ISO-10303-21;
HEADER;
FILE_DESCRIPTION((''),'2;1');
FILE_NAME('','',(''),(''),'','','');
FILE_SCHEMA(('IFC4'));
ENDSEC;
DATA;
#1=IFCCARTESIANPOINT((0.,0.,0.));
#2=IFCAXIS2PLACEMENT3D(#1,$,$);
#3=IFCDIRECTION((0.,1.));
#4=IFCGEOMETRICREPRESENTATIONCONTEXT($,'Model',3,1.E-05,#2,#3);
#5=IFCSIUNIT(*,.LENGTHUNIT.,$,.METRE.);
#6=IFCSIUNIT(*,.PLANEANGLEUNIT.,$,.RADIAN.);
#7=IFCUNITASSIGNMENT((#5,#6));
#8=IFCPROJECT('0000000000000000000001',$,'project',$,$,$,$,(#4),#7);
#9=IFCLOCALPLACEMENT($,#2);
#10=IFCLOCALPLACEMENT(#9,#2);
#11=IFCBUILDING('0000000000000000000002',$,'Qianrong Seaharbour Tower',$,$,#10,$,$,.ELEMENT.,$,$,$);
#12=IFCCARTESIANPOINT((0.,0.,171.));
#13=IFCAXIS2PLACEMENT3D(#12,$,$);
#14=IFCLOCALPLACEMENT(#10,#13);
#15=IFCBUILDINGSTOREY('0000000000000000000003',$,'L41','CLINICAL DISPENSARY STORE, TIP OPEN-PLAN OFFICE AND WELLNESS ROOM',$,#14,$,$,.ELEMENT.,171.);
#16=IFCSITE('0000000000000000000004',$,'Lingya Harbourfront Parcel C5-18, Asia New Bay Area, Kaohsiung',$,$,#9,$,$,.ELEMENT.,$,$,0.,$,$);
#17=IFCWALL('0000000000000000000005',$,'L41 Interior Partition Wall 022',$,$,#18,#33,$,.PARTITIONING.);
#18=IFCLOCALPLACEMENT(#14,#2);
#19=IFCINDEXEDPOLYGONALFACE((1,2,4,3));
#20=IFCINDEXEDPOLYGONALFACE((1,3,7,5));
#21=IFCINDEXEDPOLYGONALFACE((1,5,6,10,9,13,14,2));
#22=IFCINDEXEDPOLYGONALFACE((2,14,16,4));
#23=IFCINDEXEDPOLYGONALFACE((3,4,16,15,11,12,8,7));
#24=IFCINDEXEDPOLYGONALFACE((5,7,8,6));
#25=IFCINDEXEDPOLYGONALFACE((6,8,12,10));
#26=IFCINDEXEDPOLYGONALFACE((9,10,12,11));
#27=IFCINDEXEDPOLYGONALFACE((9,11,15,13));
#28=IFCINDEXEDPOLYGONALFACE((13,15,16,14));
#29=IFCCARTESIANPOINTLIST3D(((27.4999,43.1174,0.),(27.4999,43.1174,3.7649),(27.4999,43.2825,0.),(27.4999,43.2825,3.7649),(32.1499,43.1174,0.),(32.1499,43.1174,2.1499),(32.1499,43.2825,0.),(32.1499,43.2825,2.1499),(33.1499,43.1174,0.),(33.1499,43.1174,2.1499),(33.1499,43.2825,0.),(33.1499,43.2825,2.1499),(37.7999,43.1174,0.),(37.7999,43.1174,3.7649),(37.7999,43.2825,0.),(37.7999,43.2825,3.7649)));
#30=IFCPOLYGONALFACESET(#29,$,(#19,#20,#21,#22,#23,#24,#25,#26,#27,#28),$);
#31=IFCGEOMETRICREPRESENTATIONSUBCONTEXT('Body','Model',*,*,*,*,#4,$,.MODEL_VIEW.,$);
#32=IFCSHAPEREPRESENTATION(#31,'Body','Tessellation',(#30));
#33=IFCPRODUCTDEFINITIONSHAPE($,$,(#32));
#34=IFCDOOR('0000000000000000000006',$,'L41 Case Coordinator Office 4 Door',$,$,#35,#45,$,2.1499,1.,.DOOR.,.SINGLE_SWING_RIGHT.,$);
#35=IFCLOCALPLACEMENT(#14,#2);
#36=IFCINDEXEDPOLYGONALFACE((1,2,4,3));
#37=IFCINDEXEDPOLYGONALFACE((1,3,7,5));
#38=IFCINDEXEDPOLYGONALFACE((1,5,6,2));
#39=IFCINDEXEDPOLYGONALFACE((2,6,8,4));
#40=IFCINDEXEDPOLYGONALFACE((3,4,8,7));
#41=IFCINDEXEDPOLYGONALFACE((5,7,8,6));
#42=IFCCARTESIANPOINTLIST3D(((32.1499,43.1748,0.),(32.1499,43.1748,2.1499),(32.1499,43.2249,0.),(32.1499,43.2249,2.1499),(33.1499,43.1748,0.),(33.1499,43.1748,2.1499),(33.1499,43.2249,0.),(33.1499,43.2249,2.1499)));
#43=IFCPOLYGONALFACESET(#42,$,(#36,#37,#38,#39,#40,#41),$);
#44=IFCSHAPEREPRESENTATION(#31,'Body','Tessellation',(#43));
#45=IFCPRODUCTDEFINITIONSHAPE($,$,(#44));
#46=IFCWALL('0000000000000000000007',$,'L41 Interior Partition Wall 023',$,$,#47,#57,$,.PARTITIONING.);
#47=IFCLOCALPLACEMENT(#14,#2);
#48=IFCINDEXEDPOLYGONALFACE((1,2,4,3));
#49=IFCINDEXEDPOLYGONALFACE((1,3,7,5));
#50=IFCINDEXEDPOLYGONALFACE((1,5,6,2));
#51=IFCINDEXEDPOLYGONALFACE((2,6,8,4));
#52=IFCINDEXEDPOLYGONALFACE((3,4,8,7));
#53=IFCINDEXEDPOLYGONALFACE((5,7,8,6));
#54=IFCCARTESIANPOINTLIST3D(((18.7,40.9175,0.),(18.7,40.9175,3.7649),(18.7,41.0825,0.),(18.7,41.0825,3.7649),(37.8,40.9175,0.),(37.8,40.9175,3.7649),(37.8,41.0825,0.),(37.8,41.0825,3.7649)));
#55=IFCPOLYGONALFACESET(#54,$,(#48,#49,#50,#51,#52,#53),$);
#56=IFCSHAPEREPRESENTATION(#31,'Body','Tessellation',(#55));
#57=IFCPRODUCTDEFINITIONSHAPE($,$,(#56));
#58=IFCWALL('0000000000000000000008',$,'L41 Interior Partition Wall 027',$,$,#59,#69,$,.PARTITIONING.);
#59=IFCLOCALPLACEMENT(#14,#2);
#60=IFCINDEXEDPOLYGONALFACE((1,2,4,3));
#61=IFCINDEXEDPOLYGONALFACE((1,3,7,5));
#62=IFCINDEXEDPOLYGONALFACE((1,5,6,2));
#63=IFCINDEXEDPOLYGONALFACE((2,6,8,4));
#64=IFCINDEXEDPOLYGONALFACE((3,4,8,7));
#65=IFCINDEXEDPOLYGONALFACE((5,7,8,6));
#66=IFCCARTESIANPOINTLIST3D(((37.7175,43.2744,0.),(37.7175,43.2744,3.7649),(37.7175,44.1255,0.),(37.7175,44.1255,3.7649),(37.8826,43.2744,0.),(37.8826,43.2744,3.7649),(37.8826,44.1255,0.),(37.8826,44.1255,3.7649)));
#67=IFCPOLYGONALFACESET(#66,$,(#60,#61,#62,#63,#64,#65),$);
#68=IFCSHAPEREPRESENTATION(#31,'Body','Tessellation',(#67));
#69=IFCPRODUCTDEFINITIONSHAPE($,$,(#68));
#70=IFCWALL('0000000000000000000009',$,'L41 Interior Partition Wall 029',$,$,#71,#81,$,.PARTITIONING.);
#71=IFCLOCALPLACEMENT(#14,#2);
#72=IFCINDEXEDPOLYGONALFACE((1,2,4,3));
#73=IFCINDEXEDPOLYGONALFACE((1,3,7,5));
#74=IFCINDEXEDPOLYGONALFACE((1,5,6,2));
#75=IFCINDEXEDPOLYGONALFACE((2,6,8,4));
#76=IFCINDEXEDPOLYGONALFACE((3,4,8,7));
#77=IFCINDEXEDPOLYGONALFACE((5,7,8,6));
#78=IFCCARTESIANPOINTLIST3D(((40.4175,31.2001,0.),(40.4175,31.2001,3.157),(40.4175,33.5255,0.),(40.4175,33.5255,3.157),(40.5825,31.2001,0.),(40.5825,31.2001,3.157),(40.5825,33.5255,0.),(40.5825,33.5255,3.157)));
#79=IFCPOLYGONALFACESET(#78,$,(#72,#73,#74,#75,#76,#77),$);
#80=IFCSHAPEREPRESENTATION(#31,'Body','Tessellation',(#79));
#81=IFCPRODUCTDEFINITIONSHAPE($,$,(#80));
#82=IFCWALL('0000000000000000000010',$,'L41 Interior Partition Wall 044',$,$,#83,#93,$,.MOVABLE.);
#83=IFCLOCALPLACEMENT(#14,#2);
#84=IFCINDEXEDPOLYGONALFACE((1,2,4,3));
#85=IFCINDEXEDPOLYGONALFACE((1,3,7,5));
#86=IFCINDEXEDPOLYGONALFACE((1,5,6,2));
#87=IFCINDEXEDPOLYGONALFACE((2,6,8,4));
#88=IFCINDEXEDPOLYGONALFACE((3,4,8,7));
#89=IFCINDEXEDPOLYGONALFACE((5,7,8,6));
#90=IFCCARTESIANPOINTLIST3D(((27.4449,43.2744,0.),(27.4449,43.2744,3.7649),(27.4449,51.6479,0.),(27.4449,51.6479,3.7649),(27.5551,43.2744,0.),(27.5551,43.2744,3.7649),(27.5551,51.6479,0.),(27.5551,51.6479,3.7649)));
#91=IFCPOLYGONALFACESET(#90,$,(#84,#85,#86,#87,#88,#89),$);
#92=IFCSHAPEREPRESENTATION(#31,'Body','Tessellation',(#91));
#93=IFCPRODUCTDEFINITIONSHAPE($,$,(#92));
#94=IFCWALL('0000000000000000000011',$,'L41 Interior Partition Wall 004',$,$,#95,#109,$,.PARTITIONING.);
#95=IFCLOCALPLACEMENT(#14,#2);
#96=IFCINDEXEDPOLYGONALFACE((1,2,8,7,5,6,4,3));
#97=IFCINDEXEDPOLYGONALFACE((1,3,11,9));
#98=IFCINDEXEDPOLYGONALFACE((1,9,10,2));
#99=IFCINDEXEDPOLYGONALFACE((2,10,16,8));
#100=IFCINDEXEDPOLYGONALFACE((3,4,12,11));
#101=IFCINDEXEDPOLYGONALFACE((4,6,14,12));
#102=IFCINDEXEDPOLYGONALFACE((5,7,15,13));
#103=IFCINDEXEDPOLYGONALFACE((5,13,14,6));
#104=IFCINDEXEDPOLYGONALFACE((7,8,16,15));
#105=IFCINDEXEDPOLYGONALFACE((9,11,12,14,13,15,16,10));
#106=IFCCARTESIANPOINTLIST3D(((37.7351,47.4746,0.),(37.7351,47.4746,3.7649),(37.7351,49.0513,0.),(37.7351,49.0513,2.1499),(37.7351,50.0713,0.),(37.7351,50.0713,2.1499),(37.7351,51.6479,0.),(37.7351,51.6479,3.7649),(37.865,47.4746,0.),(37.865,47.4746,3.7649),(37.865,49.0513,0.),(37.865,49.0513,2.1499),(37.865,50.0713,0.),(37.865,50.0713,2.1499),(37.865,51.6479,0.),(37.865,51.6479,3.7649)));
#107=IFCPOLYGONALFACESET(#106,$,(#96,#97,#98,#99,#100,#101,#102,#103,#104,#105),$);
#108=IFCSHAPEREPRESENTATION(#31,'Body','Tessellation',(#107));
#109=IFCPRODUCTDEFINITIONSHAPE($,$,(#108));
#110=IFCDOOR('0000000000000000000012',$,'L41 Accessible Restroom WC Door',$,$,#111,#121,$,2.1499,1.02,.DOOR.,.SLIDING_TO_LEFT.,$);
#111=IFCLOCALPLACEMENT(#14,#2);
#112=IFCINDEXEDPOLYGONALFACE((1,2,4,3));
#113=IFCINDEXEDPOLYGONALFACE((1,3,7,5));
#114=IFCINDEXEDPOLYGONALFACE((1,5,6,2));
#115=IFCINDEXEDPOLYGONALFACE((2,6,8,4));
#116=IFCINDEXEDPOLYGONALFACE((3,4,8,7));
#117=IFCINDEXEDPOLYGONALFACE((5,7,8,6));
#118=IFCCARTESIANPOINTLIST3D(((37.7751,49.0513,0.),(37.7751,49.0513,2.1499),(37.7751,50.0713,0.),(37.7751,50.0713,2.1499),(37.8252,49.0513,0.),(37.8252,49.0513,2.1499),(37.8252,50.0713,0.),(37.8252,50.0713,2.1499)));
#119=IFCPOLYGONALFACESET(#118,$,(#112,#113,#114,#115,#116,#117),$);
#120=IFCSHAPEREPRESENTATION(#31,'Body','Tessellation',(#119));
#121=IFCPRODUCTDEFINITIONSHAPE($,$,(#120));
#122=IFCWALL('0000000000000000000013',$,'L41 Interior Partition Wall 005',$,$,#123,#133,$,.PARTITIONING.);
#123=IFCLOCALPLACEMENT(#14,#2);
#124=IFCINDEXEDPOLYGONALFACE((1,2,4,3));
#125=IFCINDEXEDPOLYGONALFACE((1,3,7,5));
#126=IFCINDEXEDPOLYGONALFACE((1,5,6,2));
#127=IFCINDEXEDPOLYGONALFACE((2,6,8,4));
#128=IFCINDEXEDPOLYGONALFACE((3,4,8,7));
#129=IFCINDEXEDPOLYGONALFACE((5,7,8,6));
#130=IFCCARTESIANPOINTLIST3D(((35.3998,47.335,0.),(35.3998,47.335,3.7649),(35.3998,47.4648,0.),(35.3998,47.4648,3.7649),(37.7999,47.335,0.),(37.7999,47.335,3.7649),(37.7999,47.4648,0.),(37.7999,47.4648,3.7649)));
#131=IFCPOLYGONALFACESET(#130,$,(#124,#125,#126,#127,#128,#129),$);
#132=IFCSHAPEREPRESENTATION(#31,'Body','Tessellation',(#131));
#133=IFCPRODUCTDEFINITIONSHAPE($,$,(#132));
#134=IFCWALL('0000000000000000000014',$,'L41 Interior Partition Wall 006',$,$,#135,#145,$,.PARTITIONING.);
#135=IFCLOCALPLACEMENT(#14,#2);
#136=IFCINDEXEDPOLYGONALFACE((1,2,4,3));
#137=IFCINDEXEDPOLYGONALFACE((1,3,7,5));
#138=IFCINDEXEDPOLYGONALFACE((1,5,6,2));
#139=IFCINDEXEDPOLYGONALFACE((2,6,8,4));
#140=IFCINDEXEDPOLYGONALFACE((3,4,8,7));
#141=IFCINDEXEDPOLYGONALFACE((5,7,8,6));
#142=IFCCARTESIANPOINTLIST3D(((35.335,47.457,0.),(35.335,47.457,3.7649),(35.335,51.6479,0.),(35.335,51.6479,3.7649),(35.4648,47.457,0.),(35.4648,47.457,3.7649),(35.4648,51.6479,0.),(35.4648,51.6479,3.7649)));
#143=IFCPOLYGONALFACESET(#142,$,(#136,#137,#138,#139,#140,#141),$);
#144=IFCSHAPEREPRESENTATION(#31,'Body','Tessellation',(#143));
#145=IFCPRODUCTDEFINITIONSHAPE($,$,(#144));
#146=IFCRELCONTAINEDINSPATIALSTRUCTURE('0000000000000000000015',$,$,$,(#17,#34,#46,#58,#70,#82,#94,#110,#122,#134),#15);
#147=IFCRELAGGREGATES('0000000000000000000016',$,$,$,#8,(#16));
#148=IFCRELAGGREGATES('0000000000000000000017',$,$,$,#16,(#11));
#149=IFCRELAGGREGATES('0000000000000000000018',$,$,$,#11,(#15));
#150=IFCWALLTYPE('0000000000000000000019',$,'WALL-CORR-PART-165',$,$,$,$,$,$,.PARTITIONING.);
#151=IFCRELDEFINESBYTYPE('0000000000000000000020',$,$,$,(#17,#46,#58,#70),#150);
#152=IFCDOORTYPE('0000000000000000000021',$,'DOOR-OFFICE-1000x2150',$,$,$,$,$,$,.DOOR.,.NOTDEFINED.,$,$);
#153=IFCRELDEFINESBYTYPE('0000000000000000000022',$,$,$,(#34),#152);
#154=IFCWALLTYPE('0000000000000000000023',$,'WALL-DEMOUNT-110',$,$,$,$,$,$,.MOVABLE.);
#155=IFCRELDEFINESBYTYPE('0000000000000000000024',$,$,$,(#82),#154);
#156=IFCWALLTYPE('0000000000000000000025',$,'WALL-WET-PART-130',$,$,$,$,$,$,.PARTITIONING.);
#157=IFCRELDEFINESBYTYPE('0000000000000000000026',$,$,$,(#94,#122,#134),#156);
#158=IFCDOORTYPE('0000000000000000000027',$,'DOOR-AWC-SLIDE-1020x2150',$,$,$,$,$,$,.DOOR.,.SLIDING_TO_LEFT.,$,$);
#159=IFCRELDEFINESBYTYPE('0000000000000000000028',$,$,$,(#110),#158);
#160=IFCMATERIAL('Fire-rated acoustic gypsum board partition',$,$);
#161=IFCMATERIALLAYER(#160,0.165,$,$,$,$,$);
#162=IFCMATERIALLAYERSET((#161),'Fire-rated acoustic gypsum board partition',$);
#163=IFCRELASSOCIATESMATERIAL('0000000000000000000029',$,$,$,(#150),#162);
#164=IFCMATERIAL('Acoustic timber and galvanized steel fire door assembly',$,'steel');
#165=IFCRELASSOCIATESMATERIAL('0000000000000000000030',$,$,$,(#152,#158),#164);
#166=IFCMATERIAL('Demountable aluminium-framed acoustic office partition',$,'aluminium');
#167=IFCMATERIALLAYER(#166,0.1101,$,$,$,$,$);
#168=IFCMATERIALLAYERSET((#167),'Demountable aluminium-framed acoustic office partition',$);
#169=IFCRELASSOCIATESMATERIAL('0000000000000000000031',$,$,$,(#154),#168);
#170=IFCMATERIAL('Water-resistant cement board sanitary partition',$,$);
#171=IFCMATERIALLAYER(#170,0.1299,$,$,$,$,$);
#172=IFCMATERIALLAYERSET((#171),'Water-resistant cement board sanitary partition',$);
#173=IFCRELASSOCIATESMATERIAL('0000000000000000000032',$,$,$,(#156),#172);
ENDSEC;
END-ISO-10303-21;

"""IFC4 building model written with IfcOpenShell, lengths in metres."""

from ifc_helpers import new_model, si_unit, direction, frame, frame_2d, origin, place, context, subcontext, project, spatial, rectangle, extrude, material, layer, layer_set, type_object, element, fill, save


model = new_model("IFC4")

# Units and contexts
model_context = context("Model", 3, precision=1e-05, world=origin(), true_north=direction((0.0, 1.0)))
body_context = subcontext(model_context, "Body", "Model", "MODEL_VIEW")
ifc_project = project(units=[si_unit("LENGTHUNIT", "METRE"), si_unit("PLANEANGLEUNIT", "RADIAN")], contexts=[model_context])

# Site, building, storey
site_placement = place(None, origin())
site = spatial("IfcSite", under=ifc_project, at=site_placement, Name="Lingya Harbourfront Parcel C5-18, Asia New Bay Area, Kaohsiung", CompositionType="ELEMENT", RefElevation=0.0)
building_placement = place(site_placement, origin())
building = spatial("IfcBuilding", under=site, at=building_placement, Name="Qianrong Seaharbour Tower", CompositionType="ELEMENT")
storey_placement = place(building_placement, frame((0.0, 0.0, 171.0)))
storey = spatial("IfcBuildingStorey", under=building, at=storey_placement, Name="L41", Description="CLINICAL DISPENSARY STORE, TIP OPEN-PLAN OFFICE AND WELLNESS ROOM", CompositionType="ELEMENT", Elevation=171.0)

# Shared definitions
ifc_material_1 = material(Name="Fire-rated acoustic gypsum board partition")
ifc_layer_1 = layer(ifc_material_1, 0.165)
ifc_layer_set_1 = layer_set([ifc_layer_1], Name="Fire-rated acoustic gypsum board partition")
wall_type_1 = type_object("IfcWallType", Name="WALL-CORR-PART-165", PredefinedType="PARTITIONING", material=ifc_layer_set_1)
ifc_material_2 = material(Name="Acoustic timber and galvanized steel fire door assembly", Category="steel")

# Wall, opening, door
wall_1_placement = place(storey_placement, frame((27.5, 43.2, 0.0), z_axis=(0.0, 0.0, 1.0), x_axis=(1.0, 0.0, 0.0)))
wall_1 = element("IfcWall", 1, at=wall_1_placement, inside=storey, type_object=wall_type_1, Name="L41 Interior Partition Wall 022", PredefinedType="PARTITIONING", context=body_context, shape_type="SweptSolid", body=[
    extrude(rectangle(XDim=10.3, YDim=0.165, at=frame_2d((5.1499, 0.0))), origin(), (0.0, 0.0, 1.0), 3.7649),
])
opening_1_placement = place(wall_1_placement, frame((4.6499, 0.0, 0.0)))
opening_1 = element("IfcOpeningElement", 2, at=opening_1_placement, cuts=wall_1, PredefinedType="OPENING", context=body_context, shape_type="SweptSolid", body=[
    extrude(rectangle(XDim=1.0, YDim=2.1499, at=frame_2d((0.5, 1.075))), frame((0.0, 0.0925, 0.0), z_axis=(0.0, -1.0, 0.0), x_axis=(1.0, 0.0, 0.0)), (0.0, 0.0, 1.0), 0.1851),
])
door_type_1 = type_object("IfcDoorType", Name="DOOR-OFFICE-1000x2150", OperationType="NOTDEFINED", PredefinedType="DOOR", material=ifc_material_2)
door_1_placement = place(opening_1_placement, origin())
door_1 = element("IfcDoor", 3, at=door_1_placement, inside=storey, type_object=door_type_1, Name="L41 Case Coordinator Office 4 Door", OperationType="SINGLE_SWING_RIGHT", OverallHeight=2.1499, OverallWidth=1.0, PredefinedType="DOOR", context=body_context, shape_type="SweptSolid", body=[
    extrude(rectangle(XDim=1.0, YDim=2.1499, at=frame_2d((0.5, 1.075))), frame((0.0, 0.0249, 0.0), z_axis=(0.0, -1.0, 0.0), x_axis=(1.0, 0.0, 0.0)), (0.0, 0.0, 1.0), 0.05),
])
fill(opening_1, door_1)

# Walls
wall_2_placement = place(storey_placement, frame((37.8, 41.0, 0.0), z_axis=(0.0, 0.0, 1.0), x_axis=(-1.0, 0.0, 0.0)))
element("IfcWall", 4, at=wall_2_placement, inside=storey, type_object=wall_type_1, Name="L41 Interior Partition Wall 023", PredefinedType="PARTITIONING", context=body_context, shape_type="SweptSolid", body=[
    extrude(rectangle(XDim=19.1001, YDim=0.165, at=frame_2d((9.55, 0.0))), origin(), (0.0, 0.0, 1.0), 3.7649),
])
wall_3_placement = place(storey_placement, frame((37.8, 43.2744, 0.0), z_axis=(0.0, 0.0, 1.0), x_axis=(0.0, 1.0, 0.0)))
element("IfcWall", 5, at=wall_3_placement, inside=storey, type_object=wall_type_1, Name="L41 Interior Partition Wall 027", PredefinedType="PARTITIONING", context=body_context, shape_type="SweptSolid", body=[
    extrude(rectangle(XDim=0.8511, YDim=0.165, at=frame_2d((0.4255, 0.0))), origin(), (0.0, 0.0, 1.0), 3.7649),
])
wall_4_placement = place(storey_placement, frame((40.5, 33.5254, 0.0), z_axis=(0.0, 0.0, 1.0), x_axis=(0.0, -1.0, 0.0)))
element("IfcWall", 6, at=wall_4_placement, inside=storey, type_object=wall_type_1, Name="L41 Interior Partition Wall 029", PredefinedType="PARTITIONING", context=body_context, shape_type="SweptSolid", body=[
    extrude(rectangle(XDim=2.3254, YDim=0.165, at=frame_2d((1.1626, 0.0))), origin(), (0.0, 0.0, 1.0), 3.157),
])
ifc_material_3 = material(Name="Demountable aluminium-framed acoustic office partition", Category="aluminium")
ifc_layer_2 = layer(ifc_material_3, 0.1101)
ifc_layer_set_2 = layer_set([ifc_layer_2], Name="Demountable aluminium-framed acoustic office partition")
wall_type_2 = type_object("IfcWallType", Name="WALL-DEMOUNT-110", PredefinedType="MOVABLE", material=ifc_layer_set_2)
wall_5_placement = place(storey_placement, frame((27.5, 51.6479, 0.0), z_axis=(0.0, 0.0, 1.0), x_axis=(0.0, -1.0, 0.0)))
element("IfcWall", 7, at=wall_5_placement, inside=storey, type_object=wall_type_2, Name="L41 Interior Partition Wall 044", PredefinedType="MOVABLE", context=body_context, shape_type="SweptSolid", body=[
    extrude(rectangle(XDim=8.3735, YDim=0.1101, at=frame_2d((4.1868, 0.0))), origin(), (0.0, 0.0, 1.0), 3.7649),
])

# Wall, opening, door
ifc_material_4 = material(Name="Water-resistant cement board sanitary partition")
ifc_layer_3 = layer(ifc_material_4, 0.1299)
ifc_layer_set_3 = layer_set([ifc_layer_3], Name="Water-resistant cement board sanitary partition")
wall_type_3 = type_object("IfcWallType", Name="WALL-WET-PART-130", PredefinedType="PARTITIONING", material=ifc_layer_set_3)
wall_6_placement = place(storey_placement, frame((37.8, 47.4746, 0.0), z_axis=(0.0, 0.0, 1.0), x_axis=(0.0, 1.0, 0.0)))
wall_6 = element("IfcWall", 8, at=wall_6_placement, inside=storey, type_object=wall_type_3, Name="L41 Interior Partition Wall 004", PredefinedType="PARTITIONING", context=body_context, shape_type="SweptSolid", body=[
    extrude(rectangle(XDim=4.1733, YDim=0.1299, at=frame_2d((2.0867, 0.0))), origin(), (0.0, 0.0, 1.0), 3.7649),
])
opening_2_placement = place(wall_6_placement, frame((1.5767, 0.0, 0.0)))
opening_2 = element("IfcOpeningElement", 9, at=opening_2_placement, cuts=wall_6, PredefinedType="OPENING", context=body_context, shape_type="SweptSolid", body=[
    extrude(rectangle(XDim=1.02, YDim=2.1499, at=frame_2d((0.51, 1.075))), frame((0.0, 0.075, 0.0), z_axis=(0.0, -1.0, 0.0), x_axis=(1.0, 0.0, 0.0)), (0.0, 0.0, 1.0), 0.1499),
])
door_type_2 = type_object("IfcDoorType", Name="DOOR-AWC-SLIDE-1020x2150", OperationType="SLIDING_TO_LEFT", PredefinedType="DOOR", material=ifc_material_2)
door_2_placement = place(opening_2_placement, origin())
door_2 = element("IfcDoor", 10, at=door_2_placement, inside=storey, type_object=door_type_2, Name="L41 Accessible Restroom WC Door", OperationType="SLIDING_TO_LEFT", OverallHeight=2.1499, OverallWidth=1.02, PredefinedType="DOOR", context=body_context, shape_type="SweptSolid", body=[
    extrude(rectangle(XDim=1.02, YDim=2.1499, at=frame_2d((0.51, 1.075))), frame((0.0, 0.0249, 0.0), z_axis=(0.0, -1.0, 0.0), x_axis=(1.0, 0.0, 0.0)), (0.0, 0.0, 1.0), 0.05),
])
fill(opening_2, door_2)

# Walls
wall_7_placement = place(storey_placement, frame((37.8, 47.3999, 0.0), z_axis=(0.0, 0.0, 1.0), x_axis=(-1.0, 0.0, 0.0)))
element("IfcWall", 11, at=wall_7_placement, inside=storey, type_object=wall_type_3, Name="L41 Interior Partition Wall 005", PredefinedType="PARTITIONING", context=body_context, shape_type="SweptSolid", body=[
    extrude(rectangle(XDim=2.4001, YDim=0.1299, at=frame_2d((1.2002, 0.0))), origin(), (0.0, 0.0, 1.0), 3.7649),
])
wall_8_placement = place(storey_placement, frame((35.3999, 47.457, 0.0), z_axis=(0.0, 0.0, 1.0), x_axis=(0.0, 1.0, 0.0)))
element("IfcWall", 12, at=wall_8_placement, inside=storey, type_object=wall_type_3, Name="L41 Interior Partition Wall 006", PredefinedType="PARTITIONING", context=body_context, shape_type="SweptSolid", body=[
    extrude(rectangle(XDim=4.1909, YDim=0.1299, at=frame_2d((2.0955, 0.0))), origin(), (0.0, 0.0, 1.0), 3.7649),
])

save(model, "model.ifc")
